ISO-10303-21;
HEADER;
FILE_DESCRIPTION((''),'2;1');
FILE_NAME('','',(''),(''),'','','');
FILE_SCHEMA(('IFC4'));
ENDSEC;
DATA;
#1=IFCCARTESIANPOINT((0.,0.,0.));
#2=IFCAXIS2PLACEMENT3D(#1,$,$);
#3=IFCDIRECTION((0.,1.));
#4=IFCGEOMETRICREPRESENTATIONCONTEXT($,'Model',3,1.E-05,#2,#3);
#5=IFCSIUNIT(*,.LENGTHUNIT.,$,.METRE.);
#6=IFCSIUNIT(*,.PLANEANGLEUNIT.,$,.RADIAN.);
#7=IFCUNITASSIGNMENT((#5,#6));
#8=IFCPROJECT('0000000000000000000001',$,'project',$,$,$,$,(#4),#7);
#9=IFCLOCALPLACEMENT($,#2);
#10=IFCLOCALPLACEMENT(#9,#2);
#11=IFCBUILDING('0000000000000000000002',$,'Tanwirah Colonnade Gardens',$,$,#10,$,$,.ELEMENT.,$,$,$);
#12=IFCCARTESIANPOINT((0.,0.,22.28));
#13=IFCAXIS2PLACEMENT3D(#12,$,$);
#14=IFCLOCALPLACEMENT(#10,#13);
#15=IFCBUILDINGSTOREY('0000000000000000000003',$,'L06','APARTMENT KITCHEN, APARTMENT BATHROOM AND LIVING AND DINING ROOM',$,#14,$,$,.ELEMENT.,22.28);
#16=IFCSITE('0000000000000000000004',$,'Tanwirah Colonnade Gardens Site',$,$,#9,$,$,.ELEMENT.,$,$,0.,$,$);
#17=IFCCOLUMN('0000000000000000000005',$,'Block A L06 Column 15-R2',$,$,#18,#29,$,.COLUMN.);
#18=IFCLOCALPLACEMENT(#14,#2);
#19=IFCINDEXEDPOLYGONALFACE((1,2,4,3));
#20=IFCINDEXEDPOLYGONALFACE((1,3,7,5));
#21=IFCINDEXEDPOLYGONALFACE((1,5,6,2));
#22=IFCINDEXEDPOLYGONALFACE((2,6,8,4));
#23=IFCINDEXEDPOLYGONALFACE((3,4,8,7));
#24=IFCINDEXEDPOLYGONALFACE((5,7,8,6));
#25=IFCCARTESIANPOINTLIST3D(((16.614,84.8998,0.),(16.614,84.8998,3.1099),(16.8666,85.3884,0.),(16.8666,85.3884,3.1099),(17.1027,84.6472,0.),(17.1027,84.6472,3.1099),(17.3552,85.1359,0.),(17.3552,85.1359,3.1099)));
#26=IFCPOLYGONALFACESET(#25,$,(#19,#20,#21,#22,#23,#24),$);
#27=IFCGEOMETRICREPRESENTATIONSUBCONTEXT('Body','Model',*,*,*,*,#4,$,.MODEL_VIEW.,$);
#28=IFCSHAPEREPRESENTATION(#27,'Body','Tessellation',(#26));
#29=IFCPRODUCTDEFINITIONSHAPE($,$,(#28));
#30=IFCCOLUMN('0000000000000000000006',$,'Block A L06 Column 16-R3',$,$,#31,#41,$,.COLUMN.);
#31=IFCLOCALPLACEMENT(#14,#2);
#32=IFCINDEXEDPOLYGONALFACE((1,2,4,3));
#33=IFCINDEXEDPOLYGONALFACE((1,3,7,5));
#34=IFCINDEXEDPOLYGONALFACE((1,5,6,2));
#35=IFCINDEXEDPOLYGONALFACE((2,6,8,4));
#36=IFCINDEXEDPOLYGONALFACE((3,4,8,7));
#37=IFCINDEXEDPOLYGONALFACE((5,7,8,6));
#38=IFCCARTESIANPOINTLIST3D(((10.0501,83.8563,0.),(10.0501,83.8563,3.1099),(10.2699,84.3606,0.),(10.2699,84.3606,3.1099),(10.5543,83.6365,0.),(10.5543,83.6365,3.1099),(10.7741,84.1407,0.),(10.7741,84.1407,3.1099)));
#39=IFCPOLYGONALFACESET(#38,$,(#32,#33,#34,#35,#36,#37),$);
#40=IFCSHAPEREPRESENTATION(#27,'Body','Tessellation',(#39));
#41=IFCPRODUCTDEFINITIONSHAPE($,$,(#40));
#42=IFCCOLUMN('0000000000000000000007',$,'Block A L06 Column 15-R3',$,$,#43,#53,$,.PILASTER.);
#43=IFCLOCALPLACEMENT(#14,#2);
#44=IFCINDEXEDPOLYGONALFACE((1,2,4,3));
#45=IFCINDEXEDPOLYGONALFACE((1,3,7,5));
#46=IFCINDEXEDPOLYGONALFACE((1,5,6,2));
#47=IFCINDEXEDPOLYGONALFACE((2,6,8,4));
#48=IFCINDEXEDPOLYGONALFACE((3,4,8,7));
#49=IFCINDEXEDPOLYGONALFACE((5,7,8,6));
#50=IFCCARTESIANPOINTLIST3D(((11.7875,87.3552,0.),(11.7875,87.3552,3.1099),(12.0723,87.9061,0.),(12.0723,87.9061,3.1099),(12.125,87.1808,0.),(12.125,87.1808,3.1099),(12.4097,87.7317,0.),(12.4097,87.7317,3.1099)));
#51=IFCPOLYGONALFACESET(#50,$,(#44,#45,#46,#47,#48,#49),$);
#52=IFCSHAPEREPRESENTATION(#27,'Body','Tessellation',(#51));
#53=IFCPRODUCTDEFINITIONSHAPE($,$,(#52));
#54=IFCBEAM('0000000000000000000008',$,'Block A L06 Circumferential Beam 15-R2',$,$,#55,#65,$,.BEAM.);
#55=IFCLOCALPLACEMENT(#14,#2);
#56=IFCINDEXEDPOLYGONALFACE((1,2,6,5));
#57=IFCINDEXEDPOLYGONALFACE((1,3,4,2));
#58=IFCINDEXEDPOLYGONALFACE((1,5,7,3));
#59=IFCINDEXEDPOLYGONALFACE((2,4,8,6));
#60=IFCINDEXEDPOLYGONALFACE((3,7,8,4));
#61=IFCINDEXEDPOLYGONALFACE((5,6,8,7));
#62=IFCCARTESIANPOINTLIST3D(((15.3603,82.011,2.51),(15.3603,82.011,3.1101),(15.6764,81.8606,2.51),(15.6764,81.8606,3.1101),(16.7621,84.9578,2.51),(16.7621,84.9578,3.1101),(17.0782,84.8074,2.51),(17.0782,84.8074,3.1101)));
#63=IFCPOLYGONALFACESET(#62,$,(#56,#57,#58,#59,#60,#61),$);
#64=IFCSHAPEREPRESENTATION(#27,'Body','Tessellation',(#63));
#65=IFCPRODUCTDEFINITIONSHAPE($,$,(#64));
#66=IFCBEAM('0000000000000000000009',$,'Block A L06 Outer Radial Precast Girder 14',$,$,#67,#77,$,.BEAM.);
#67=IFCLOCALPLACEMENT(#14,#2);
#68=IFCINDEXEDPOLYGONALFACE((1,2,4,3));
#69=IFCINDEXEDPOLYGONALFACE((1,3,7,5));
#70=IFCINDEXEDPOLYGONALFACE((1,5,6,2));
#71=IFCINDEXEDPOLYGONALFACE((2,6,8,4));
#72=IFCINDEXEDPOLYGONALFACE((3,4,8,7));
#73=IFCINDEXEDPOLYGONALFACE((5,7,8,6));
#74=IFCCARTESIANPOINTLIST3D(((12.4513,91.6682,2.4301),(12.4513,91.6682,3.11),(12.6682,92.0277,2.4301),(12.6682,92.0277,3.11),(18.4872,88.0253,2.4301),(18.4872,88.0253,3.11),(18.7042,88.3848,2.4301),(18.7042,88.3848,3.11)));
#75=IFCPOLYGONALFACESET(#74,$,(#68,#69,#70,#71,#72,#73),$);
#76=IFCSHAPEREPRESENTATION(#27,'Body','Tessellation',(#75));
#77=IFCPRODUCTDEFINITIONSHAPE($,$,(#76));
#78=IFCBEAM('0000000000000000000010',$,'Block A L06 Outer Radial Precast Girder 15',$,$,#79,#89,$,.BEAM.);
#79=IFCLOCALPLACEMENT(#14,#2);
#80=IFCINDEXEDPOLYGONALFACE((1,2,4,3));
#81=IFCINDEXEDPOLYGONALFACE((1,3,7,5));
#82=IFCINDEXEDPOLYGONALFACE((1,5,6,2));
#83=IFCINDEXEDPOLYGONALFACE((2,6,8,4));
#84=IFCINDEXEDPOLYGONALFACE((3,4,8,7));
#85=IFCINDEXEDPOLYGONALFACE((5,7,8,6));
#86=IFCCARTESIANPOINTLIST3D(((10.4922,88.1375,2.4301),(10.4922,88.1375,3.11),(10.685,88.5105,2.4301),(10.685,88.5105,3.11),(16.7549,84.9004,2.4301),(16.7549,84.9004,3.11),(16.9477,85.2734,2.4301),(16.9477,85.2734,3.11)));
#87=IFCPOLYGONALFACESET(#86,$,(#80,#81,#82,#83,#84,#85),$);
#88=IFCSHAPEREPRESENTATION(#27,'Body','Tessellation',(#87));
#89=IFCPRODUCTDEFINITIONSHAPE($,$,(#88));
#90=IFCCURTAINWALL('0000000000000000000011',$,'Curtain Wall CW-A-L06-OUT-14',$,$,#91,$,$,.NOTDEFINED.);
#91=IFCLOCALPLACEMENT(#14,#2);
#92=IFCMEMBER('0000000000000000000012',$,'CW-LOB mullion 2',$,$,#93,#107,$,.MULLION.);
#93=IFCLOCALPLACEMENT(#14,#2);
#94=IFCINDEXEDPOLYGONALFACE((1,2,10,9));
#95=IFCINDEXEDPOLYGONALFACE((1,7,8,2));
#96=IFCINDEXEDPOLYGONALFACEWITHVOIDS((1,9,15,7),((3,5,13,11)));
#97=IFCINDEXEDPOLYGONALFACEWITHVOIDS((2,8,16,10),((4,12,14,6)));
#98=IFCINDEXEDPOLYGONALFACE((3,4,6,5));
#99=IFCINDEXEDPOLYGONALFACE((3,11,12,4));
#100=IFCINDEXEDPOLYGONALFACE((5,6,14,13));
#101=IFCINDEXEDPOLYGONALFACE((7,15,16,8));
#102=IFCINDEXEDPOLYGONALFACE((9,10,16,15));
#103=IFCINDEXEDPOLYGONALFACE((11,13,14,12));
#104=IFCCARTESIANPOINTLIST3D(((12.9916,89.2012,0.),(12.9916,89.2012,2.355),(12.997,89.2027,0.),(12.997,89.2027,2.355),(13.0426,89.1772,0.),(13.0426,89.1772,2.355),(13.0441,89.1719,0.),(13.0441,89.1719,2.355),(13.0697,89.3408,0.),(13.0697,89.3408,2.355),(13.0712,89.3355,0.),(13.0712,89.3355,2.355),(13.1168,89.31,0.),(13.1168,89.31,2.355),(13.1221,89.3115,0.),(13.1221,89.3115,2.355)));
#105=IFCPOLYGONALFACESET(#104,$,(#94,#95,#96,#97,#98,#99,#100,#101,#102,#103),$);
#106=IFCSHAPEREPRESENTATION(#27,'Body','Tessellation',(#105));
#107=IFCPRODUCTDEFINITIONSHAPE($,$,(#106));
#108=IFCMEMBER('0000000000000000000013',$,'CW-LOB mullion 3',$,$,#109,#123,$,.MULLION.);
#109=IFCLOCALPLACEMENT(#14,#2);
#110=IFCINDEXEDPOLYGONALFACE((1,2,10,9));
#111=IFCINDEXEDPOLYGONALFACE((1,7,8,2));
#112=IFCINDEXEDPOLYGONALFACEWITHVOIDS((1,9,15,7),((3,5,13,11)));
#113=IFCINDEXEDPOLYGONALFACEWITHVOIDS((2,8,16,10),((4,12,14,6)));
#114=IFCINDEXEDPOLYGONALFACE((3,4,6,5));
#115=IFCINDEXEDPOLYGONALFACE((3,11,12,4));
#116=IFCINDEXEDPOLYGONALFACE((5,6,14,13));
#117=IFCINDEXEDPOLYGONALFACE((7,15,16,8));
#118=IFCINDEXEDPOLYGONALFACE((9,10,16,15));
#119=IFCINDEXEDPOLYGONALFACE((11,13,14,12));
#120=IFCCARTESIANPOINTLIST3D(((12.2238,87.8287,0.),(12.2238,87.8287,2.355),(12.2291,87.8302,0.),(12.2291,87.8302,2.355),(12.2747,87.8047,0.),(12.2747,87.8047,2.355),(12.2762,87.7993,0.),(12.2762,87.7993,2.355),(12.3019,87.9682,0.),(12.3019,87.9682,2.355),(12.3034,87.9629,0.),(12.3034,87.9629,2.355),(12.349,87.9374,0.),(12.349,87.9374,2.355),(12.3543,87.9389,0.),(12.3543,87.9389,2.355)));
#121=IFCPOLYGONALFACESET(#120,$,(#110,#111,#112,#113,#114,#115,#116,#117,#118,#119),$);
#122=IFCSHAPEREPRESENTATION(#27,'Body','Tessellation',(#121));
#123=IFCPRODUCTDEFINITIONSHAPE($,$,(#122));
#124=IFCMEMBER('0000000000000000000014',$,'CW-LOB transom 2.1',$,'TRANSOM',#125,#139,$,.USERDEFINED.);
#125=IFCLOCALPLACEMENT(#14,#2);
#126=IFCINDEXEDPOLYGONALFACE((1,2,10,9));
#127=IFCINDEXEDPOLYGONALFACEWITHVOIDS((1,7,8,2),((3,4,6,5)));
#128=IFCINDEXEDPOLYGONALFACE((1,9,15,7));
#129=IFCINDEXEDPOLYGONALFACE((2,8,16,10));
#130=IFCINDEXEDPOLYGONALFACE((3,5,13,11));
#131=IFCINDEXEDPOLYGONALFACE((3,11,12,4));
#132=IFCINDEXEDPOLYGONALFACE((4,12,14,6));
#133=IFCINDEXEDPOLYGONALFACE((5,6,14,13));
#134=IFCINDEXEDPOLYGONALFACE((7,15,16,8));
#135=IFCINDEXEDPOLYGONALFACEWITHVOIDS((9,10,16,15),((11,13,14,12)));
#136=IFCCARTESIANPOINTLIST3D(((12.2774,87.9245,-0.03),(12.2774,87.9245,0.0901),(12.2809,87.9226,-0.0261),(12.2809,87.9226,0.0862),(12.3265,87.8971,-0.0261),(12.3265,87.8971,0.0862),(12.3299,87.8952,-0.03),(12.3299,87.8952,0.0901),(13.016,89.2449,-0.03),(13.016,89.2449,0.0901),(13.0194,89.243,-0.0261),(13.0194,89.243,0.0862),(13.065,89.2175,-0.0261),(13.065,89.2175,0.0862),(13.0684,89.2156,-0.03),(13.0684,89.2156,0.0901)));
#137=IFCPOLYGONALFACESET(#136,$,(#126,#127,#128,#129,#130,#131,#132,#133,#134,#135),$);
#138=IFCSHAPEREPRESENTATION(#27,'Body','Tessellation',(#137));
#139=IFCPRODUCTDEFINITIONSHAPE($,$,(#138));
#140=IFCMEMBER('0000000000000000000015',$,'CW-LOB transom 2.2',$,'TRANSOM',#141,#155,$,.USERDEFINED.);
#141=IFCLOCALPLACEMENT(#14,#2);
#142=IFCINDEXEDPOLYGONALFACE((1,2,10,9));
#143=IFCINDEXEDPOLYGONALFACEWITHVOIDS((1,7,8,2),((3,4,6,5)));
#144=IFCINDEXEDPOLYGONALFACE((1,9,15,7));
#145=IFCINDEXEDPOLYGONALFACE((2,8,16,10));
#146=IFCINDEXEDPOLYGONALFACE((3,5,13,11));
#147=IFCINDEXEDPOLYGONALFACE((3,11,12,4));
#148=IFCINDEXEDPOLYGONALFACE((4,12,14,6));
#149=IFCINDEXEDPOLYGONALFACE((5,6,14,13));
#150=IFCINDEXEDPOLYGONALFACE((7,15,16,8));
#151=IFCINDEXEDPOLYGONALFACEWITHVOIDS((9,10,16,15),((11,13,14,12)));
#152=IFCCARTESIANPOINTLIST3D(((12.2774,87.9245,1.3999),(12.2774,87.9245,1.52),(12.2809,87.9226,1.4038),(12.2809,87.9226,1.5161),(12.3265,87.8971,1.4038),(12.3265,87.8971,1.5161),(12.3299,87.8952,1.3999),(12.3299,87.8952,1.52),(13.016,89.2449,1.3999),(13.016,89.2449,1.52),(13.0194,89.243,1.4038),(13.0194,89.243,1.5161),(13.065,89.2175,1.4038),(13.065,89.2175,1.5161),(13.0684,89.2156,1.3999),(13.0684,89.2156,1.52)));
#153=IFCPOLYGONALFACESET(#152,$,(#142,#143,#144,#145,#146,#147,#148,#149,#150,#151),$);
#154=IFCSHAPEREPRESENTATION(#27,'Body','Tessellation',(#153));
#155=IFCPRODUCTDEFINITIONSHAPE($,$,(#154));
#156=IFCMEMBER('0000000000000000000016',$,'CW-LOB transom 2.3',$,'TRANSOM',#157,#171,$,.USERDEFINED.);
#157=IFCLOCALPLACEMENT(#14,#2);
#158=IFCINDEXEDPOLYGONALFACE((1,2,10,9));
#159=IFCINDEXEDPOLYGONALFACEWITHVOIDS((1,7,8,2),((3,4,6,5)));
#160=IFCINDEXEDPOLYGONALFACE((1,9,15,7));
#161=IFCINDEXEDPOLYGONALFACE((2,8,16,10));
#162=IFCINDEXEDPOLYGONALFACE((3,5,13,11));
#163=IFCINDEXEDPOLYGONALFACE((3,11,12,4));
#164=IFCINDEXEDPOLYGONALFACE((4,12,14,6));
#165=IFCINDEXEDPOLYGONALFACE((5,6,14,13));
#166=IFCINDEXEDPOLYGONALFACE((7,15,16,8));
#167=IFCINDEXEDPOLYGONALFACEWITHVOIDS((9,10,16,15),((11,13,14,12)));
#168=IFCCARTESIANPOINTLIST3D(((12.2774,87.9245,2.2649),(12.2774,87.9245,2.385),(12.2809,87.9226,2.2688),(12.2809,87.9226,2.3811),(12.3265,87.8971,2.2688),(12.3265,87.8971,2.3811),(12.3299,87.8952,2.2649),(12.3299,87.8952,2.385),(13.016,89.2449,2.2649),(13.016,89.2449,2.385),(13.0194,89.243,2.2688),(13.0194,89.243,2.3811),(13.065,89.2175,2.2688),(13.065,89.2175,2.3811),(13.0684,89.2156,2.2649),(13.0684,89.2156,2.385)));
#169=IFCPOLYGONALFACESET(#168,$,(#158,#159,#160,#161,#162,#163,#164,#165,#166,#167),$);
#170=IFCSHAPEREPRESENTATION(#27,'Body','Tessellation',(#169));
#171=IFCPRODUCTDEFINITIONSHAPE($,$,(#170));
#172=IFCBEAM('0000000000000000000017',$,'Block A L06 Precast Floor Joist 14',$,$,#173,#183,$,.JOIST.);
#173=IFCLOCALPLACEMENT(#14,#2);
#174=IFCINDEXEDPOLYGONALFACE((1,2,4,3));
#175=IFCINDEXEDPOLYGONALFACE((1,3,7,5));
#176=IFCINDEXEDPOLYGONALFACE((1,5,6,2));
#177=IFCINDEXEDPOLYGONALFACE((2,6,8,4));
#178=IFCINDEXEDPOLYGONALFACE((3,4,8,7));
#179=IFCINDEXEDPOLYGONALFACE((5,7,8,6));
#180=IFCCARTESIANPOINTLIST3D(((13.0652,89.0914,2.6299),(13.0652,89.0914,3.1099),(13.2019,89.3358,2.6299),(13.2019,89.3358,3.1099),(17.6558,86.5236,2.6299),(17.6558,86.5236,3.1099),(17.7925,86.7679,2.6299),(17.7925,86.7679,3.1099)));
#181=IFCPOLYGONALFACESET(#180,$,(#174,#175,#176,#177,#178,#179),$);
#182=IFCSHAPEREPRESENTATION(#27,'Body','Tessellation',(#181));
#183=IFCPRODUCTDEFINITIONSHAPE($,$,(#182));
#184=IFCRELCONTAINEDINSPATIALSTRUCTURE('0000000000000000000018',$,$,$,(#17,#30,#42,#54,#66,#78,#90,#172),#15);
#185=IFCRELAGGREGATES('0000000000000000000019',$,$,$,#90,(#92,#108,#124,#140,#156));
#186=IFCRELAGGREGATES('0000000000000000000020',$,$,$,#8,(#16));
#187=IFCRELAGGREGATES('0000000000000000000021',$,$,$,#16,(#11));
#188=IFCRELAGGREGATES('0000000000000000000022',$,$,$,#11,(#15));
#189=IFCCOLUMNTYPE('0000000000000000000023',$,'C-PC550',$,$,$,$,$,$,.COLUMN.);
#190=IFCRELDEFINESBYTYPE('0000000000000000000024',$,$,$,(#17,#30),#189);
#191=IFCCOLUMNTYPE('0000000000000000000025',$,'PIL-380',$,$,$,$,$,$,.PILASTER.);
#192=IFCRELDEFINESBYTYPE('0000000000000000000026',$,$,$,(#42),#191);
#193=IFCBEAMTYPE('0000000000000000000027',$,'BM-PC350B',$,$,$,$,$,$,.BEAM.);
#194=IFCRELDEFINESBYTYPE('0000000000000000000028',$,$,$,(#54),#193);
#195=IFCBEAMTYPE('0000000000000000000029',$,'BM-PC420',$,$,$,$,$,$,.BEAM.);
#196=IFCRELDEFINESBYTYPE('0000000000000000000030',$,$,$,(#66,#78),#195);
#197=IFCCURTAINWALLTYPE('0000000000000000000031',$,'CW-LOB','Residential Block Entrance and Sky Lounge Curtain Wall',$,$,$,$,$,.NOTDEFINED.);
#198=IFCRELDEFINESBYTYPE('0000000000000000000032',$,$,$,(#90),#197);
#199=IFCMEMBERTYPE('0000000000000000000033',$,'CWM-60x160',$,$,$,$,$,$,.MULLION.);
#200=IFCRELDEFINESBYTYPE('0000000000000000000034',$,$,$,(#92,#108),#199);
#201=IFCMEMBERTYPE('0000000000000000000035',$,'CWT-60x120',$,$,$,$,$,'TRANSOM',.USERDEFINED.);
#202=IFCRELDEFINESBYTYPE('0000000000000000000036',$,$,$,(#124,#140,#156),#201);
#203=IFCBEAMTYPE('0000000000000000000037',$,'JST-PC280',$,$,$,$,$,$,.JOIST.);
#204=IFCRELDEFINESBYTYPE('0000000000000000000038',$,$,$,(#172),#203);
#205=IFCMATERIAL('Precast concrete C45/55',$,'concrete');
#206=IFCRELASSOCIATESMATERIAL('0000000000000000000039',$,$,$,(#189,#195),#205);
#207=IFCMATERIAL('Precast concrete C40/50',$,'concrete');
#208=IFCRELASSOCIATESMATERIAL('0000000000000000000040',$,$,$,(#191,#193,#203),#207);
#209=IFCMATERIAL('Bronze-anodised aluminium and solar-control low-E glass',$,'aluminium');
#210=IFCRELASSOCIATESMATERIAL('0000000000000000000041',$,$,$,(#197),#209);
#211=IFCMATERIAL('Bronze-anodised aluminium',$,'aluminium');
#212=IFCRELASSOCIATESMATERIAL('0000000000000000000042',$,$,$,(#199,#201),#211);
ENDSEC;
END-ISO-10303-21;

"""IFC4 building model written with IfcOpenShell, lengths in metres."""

from ifc_helpers import new_model, si_unit, direction, frame, origin, origin_2d, place, context, subcontext, project, spatial, rectangle, hollow_rectangle, extrude, material, material_profile, profile_set, type_object, element, aggregate, save


model = new_model("IFC4")

# Units and contexts
model_context = context("Model", 3, precision=1e-05, world=origin(), true_north=direction((0.0, 1.0)))
body_context = subcontext(model_context, "Body", "Model", "MODEL_VIEW")
ifc_project = project(units=[si_unit("LENGTHUNIT", "METRE"), si_unit("PLANEANGLEUNIT", "RADIAN")], contexts=[model_context])

# Site, building, storey
site_placement = place(None, origin())
site = spatial("IfcSite", under=ifc_project, at=site_placement, Name="Tanwirah Colonnade Gardens Site", CompositionType="ELEMENT", RefElevation=0.0)
building_placement = place(site_placement, origin())
building = spatial("IfcBuilding", under=site, at=building_placement, Name="Tanwirah Colonnade Gardens", CompositionType="ELEMENT")
storey_placement = place(building_placement, frame((0.0, 0.0, 22.28)))
storey = spatial("IfcBuildingStorey", under=building, at=storey_placement, Name="L06", Description="APARTMENT KITCHEN, APARTMENT BATHROOM AND LIVING AND DINING ROOM", CompositionType="ELEMENT", Elevation=22.28)

# Columns
ifc_material_1 = material(Name="Precast concrete C45/55", Category="concrete")
ifc_material_profile_1 = material_profile(ifc_material_1, rectangle(XDim=0.55, YDim=0.55, at=origin_2d()), Name="PC-COL 550x550")
ifc_profile_set_1 = profile_set([ifc_material_profile_1], Name="Precast concrete C45/55")
column_type_1 = type_object("IfcColumnType", Name="C-PC550", PredefinedType="COLUMN", material=ifc_profile_set_1)
for number, where, z_axis, x_axis, name in (
    (1, (16.9846, 85.0178, 0.0), (0.0, 0.0, 1.0), (-0.88835, 0.459166, 0.0), "Block A L06 Column 15-R2"),
    (2, (10.4121, 83.9985, 0.0), (0.0, 0.0, 1.0), (-0.916673, 0.399638, 0.0), "Block A L06 Column 16-R3"),
):
    element("IfcColumn", number, at=place(storey_placement, frame(where, z_axis=z_axis, x_axis=x_axis)), inside=storey, type_object=column_type_1, Name=name, PredefinedType="COLUMN", context=body_context, shape_type="SweptSolid", body=[
        extrude(rectangle(XDim=0.55, YDim=0.55, at=origin_2d()), origin(), (0.0, 0.0, 1.0), 3.1099),
    ])
ifc_material_2 = material(Name="Precast concrete C40/50", Category="concrete")
ifc_material_profile_2 = material_profile(ifc_material_2, rectangle(XDim=0.3799, YDim=0.6201, at=origin_2d()), Name="PC-PIL 380x620")
ifc_profile_set_2 = profile_set([ifc_material_profile_2], Name="Precast concrete C40/50")
column_type_2 = type_object("IfcColumnType", Name="PIL-380", PredefinedType="PILASTER", material=ifc_profile_set_2)
column_placement = place(storey_placement, frame((12.0986, 87.5435, 0.0), z_axis=(0.0, 0.0, 1.0), x_axis=(-0.88835, 0.459166, 0.0)))
element("IfcColumn", 3, at=column_placement, inside=storey, type_object=column_type_2, Name="Block A L06 Column 15-R3", PredefinedType="PILASTER", context=body_context, shape_type="SweptSolid", body=[
    extrude(rectangle(XDim=0.3799, YDim=0.6201, at=origin_2d()), origin(), (0.0, 0.0, 1.0), 3.1099),
])

# Beams
ifc_material_profile_3 = material_profile(ifc_material_2, rectangle(XDim=0.3501, YDim=0.6001, at=origin_2d()), Name="PC-BM 350x600")
ifc_profile_set_3 = profile_set([ifc_material_profile_3], Name="Precast concrete C40/50")
beam_type_1 = type_object("IfcBeamType", Name="BM-PC350B", PredefinedType="BEAM", material=ifc_profile_set_3)
beam_1_placement = place(storey_placement, frame((16.9202, 84.8826, 2.8101), z_axis=(-0.429591, -0.903024, 0.0), x_axis=(0.903024, -0.429591, 0.0)))
element("IfcBeam", 4, at=beam_1_placement, inside=storey, type_object=beam_type_1, Name="Block A L06 Circumferential Beam 15-R2", PredefinedType="BEAM", context=body_context, shape_type="SweptSolid", body=[
    extrude(rectangle(XDim=0.3501, YDim=0.6001, at=origin_2d()), origin(), (0.0, 0.0, 1.0), 3.2632),
])
ifc_material_profile_4 = material_profile(ifc_material_1, rectangle(XDim=0.4199, YDim=0.6799, at=origin_2d()), Name="PC-BM 420x680")
ifc_profile_set_4 = profile_set([ifc_material_profile_4], Name="Precast concrete C45/55")
beam_type_2 = type_object("IfcBeamType", Name="BM-PC420", PredefinedType="BEAM", material=ifc_profile_set_4)
beam_2_placement = place(storey_placement, frame((18.5957, 88.2051, 2.77), z_axis=(-0.856158, 0.516714, 0.0), x_axis=(-0.516714, -0.856158, 0.0)))
element("IfcBeam", 5, at=beam_2_placement, inside=storey, type_object=beam_type_2, Name="Block A L06 Outer Radial Precast Girder 14", PredefinedType="BEAM", context=body_context, shape_type="SweptSolid", body=[
    extrude(rectangle(XDim=0.4199, YDim=0.6799, at=origin_2d()), origin(), (0.0, 0.0, 1.0), 7.05),
])
beam_3_placement = place(storey_placement, frame((16.8513, 85.0869, 2.77), z_axis=(-0.888349, 0.459169, 0.0), x_axis=(-0.459169, -0.888349, 0.0)))
element("IfcBeam", 6, at=beam_3_placement, inside=storey, type_object=beam_type_2, Name="Block A L06 Outer Radial Precast Girder 15", PredefinedType="BEAM", context=body_context, shape_type="SweptSolid", body=[
    extrude(rectangle(XDim=0.4199, YDim=0.6799, at=origin_2d()), origin(), (0.0, 0.0, 1.0), 7.0498),
])

# Curtain wall, members
ifc_material_3 = material(Name="Bronze-anodised aluminium and solar-control low-E glass", Category="aluminium")
curtain_wall_type = type_object("IfcCurtainWallType", Name="CW-LOB", Description="Residential Block Entrance and Sky Lounge Curtain Wall", PredefinedType="NOTDEFINED", material=ifc_material_3)
curtain_wall_placement = place(storey_placement, origin())
curtain_wall = element("IfcCurtainWall", 7, at=curtain_wall_placement, inside=storey, type_object=curtain_wall_type, Name="Curtain Wall CW-A-L06-OUT-14", PredefinedType="NOTDEFINED")
ifc_material_4 = material(Name="Bronze-anodised aluminium", Category="aluminium")
ifc_material_profile_5 = material_profile(ifc_material_4, hollow_rectangle(XDim=0.0601, YDim=0.1599, WallThickness=0.0039, at=origin_2d()), Name="CW-MUL 60x160x4")
ifc_profile_set_5 = profile_set([ifc_material_profile_5], Name="Bronze-anodised aluminium")
member_type_1 = type_object("IfcMemberType", Name="CWM-60x160", PredefinedType="MULLION", material=ifc_profile_set_5)
member_1_placement = place(storey_placement, frame((13.0569, 89.2563, 0.0), z_axis=(0.0, 0.0, 1.0), x_axis=(0.872732, -0.488199, 0.0)))
member_1 = element("IfcMember", 8, at=member_1_placement, type_object=member_type_1, Name="CW-LOB mullion 2", PredefinedType="MULLION", context=body_context, shape_type="SweptSolid", body=[
    extrude(hollow_rectangle(XDim=0.0601, YDim=0.1599, WallThickness=0.0039, at=origin_2d()), origin(), (0.0, 0.0, 1.0), 2.355),
])
member_2_placement = place(storey_placement, frame((12.2891, 87.8838, 0.0), z_axis=(0.0, 0.0, 1.0), x_axis=(0.872732, -0.488199, 0.0)))
member_2 = element("IfcMember", 9, at=member_2_placement, type_object=member_type_1, Name="CW-LOB mullion 3", PredefinedType="MULLION", context=body_context, shape_type="SweptSolid", body=[
    extrude(hollow_rectangle(XDim=0.0601, YDim=0.1599, WallThickness=0.0039, at=origin_2d()), origin(), (0.0, 0.0, 1.0), 2.355),
])
ifc_material_profile_6 = material_profile(ifc_material_4, hollow_rectangle(XDim=0.0601, YDim=0.1201, WallThickness=0.0039, at=origin_2d()), Name="CW-TRN 60x120x4")
ifc_profile_set_6 = profile_set([ifc_material_profile_6], Name="Bronze-anodised aluminium")
member_type_2 = type_object("IfcMemberType", Name="CWT-60x120", ElementType="TRANSOM", PredefinedType="USERDEFINED", material=ifc_profile_set_6)
member_3_placement = place(storey_placement, frame((13.0422, 89.2302, 0.03), z_axis=(-0.488176, -0.872745, 0.0), x_axis=(0.872745, -0.488176, 0.0)))
member_3 = element("IfcMember", 10, at=member_3_placement, type_object=member_type_2, Name="CW-LOB transom 2.1", ObjectType="TRANSOM", PredefinedType="USERDEFINED", context=body_context, shape_type="SweptSolid", body=[
    extrude(hollow_rectangle(XDim=0.0601, YDim=0.1201, WallThickness=0.0039, at=origin_2d()), origin(), (0.0, 0.0, 1.0), 1.5129),
])
member_4_placement = place(storey_placement, frame((13.0422, 89.2302, 1.46), z_axis=(-0.488176, -0.872745, 0.0), x_axis=(0.872745, -0.488176, 0.0)))
member_4 = element("IfcMember", 11, at=member_4_placement, type_object=member_type_2, Name="CW-LOB transom 2.2", ObjectType="TRANSOM", PredefinedType="USERDEFINED", context=body_context, shape_type="SweptSolid", body=[
    extrude(hollow_rectangle(XDim=0.0601, YDim=0.1201, WallThickness=0.0039, at=origin_2d()), origin(), (0.0, 0.0, 1.0), 1.5129),
])
member_5_placement = place(storey_placement, frame((13.0422, 89.2302, 2.325), z_axis=(-0.488176, -0.872745, 0.0), x_axis=(0.872745, -0.488176, 0.0)))
member_5 = element("IfcMember", 12, at=member_5_placement, type_object=member_type_2, Name="CW-LOB transom 2.3", ObjectType="TRANSOM", PredefinedType="USERDEFINED", context=body_context, shape_type="SweptSolid", body=[
    extrude(hollow_rectangle(XDim=0.0601, YDim=0.1201, WallThickness=0.0039, at=origin_2d()), origin(), (0.0, 0.0, 1.0), 1.5129),
])

# Beam
ifc_material_profile_7 = material_profile(ifc_material_2, rectangle(XDim=0.28, YDim=0.48, at=origin_2d()), Name="PC-JST 280x480")
ifc_profile_set_7 = profile_set([ifc_material_profile_7], Name="Precast concrete C40/50")
beam_type_3 = type_object("IfcBeamType", Name="JST-PC280", PredefinedType="JOIST", material=ifc_profile_set_7)
beam_4_placement = place(storey_placement, frame((17.7241, 86.6458, 2.8699), z_axis=(-0.872737, 0.488191, 0.0), x_axis=(-0.488191, -0.872737, 0.0)))
element("IfcBeam", 13, at=beam_4_placement, inside=storey, type_object=beam_type_3, Name="Block A L06 Precast Floor Joist 14", PredefinedType="JOIST", context=body_context, shape_type="SweptSolid", body=[
    extrude(rectangle(XDim=0.28, YDim=0.48, at=origin_2d()), origin(), (0.0, 0.0, 1.0), 5.26),
])

aggregate(curtain_wall, [member_1, member_2, member_3, member_4, member_5])

save(model, "model.ifc")
